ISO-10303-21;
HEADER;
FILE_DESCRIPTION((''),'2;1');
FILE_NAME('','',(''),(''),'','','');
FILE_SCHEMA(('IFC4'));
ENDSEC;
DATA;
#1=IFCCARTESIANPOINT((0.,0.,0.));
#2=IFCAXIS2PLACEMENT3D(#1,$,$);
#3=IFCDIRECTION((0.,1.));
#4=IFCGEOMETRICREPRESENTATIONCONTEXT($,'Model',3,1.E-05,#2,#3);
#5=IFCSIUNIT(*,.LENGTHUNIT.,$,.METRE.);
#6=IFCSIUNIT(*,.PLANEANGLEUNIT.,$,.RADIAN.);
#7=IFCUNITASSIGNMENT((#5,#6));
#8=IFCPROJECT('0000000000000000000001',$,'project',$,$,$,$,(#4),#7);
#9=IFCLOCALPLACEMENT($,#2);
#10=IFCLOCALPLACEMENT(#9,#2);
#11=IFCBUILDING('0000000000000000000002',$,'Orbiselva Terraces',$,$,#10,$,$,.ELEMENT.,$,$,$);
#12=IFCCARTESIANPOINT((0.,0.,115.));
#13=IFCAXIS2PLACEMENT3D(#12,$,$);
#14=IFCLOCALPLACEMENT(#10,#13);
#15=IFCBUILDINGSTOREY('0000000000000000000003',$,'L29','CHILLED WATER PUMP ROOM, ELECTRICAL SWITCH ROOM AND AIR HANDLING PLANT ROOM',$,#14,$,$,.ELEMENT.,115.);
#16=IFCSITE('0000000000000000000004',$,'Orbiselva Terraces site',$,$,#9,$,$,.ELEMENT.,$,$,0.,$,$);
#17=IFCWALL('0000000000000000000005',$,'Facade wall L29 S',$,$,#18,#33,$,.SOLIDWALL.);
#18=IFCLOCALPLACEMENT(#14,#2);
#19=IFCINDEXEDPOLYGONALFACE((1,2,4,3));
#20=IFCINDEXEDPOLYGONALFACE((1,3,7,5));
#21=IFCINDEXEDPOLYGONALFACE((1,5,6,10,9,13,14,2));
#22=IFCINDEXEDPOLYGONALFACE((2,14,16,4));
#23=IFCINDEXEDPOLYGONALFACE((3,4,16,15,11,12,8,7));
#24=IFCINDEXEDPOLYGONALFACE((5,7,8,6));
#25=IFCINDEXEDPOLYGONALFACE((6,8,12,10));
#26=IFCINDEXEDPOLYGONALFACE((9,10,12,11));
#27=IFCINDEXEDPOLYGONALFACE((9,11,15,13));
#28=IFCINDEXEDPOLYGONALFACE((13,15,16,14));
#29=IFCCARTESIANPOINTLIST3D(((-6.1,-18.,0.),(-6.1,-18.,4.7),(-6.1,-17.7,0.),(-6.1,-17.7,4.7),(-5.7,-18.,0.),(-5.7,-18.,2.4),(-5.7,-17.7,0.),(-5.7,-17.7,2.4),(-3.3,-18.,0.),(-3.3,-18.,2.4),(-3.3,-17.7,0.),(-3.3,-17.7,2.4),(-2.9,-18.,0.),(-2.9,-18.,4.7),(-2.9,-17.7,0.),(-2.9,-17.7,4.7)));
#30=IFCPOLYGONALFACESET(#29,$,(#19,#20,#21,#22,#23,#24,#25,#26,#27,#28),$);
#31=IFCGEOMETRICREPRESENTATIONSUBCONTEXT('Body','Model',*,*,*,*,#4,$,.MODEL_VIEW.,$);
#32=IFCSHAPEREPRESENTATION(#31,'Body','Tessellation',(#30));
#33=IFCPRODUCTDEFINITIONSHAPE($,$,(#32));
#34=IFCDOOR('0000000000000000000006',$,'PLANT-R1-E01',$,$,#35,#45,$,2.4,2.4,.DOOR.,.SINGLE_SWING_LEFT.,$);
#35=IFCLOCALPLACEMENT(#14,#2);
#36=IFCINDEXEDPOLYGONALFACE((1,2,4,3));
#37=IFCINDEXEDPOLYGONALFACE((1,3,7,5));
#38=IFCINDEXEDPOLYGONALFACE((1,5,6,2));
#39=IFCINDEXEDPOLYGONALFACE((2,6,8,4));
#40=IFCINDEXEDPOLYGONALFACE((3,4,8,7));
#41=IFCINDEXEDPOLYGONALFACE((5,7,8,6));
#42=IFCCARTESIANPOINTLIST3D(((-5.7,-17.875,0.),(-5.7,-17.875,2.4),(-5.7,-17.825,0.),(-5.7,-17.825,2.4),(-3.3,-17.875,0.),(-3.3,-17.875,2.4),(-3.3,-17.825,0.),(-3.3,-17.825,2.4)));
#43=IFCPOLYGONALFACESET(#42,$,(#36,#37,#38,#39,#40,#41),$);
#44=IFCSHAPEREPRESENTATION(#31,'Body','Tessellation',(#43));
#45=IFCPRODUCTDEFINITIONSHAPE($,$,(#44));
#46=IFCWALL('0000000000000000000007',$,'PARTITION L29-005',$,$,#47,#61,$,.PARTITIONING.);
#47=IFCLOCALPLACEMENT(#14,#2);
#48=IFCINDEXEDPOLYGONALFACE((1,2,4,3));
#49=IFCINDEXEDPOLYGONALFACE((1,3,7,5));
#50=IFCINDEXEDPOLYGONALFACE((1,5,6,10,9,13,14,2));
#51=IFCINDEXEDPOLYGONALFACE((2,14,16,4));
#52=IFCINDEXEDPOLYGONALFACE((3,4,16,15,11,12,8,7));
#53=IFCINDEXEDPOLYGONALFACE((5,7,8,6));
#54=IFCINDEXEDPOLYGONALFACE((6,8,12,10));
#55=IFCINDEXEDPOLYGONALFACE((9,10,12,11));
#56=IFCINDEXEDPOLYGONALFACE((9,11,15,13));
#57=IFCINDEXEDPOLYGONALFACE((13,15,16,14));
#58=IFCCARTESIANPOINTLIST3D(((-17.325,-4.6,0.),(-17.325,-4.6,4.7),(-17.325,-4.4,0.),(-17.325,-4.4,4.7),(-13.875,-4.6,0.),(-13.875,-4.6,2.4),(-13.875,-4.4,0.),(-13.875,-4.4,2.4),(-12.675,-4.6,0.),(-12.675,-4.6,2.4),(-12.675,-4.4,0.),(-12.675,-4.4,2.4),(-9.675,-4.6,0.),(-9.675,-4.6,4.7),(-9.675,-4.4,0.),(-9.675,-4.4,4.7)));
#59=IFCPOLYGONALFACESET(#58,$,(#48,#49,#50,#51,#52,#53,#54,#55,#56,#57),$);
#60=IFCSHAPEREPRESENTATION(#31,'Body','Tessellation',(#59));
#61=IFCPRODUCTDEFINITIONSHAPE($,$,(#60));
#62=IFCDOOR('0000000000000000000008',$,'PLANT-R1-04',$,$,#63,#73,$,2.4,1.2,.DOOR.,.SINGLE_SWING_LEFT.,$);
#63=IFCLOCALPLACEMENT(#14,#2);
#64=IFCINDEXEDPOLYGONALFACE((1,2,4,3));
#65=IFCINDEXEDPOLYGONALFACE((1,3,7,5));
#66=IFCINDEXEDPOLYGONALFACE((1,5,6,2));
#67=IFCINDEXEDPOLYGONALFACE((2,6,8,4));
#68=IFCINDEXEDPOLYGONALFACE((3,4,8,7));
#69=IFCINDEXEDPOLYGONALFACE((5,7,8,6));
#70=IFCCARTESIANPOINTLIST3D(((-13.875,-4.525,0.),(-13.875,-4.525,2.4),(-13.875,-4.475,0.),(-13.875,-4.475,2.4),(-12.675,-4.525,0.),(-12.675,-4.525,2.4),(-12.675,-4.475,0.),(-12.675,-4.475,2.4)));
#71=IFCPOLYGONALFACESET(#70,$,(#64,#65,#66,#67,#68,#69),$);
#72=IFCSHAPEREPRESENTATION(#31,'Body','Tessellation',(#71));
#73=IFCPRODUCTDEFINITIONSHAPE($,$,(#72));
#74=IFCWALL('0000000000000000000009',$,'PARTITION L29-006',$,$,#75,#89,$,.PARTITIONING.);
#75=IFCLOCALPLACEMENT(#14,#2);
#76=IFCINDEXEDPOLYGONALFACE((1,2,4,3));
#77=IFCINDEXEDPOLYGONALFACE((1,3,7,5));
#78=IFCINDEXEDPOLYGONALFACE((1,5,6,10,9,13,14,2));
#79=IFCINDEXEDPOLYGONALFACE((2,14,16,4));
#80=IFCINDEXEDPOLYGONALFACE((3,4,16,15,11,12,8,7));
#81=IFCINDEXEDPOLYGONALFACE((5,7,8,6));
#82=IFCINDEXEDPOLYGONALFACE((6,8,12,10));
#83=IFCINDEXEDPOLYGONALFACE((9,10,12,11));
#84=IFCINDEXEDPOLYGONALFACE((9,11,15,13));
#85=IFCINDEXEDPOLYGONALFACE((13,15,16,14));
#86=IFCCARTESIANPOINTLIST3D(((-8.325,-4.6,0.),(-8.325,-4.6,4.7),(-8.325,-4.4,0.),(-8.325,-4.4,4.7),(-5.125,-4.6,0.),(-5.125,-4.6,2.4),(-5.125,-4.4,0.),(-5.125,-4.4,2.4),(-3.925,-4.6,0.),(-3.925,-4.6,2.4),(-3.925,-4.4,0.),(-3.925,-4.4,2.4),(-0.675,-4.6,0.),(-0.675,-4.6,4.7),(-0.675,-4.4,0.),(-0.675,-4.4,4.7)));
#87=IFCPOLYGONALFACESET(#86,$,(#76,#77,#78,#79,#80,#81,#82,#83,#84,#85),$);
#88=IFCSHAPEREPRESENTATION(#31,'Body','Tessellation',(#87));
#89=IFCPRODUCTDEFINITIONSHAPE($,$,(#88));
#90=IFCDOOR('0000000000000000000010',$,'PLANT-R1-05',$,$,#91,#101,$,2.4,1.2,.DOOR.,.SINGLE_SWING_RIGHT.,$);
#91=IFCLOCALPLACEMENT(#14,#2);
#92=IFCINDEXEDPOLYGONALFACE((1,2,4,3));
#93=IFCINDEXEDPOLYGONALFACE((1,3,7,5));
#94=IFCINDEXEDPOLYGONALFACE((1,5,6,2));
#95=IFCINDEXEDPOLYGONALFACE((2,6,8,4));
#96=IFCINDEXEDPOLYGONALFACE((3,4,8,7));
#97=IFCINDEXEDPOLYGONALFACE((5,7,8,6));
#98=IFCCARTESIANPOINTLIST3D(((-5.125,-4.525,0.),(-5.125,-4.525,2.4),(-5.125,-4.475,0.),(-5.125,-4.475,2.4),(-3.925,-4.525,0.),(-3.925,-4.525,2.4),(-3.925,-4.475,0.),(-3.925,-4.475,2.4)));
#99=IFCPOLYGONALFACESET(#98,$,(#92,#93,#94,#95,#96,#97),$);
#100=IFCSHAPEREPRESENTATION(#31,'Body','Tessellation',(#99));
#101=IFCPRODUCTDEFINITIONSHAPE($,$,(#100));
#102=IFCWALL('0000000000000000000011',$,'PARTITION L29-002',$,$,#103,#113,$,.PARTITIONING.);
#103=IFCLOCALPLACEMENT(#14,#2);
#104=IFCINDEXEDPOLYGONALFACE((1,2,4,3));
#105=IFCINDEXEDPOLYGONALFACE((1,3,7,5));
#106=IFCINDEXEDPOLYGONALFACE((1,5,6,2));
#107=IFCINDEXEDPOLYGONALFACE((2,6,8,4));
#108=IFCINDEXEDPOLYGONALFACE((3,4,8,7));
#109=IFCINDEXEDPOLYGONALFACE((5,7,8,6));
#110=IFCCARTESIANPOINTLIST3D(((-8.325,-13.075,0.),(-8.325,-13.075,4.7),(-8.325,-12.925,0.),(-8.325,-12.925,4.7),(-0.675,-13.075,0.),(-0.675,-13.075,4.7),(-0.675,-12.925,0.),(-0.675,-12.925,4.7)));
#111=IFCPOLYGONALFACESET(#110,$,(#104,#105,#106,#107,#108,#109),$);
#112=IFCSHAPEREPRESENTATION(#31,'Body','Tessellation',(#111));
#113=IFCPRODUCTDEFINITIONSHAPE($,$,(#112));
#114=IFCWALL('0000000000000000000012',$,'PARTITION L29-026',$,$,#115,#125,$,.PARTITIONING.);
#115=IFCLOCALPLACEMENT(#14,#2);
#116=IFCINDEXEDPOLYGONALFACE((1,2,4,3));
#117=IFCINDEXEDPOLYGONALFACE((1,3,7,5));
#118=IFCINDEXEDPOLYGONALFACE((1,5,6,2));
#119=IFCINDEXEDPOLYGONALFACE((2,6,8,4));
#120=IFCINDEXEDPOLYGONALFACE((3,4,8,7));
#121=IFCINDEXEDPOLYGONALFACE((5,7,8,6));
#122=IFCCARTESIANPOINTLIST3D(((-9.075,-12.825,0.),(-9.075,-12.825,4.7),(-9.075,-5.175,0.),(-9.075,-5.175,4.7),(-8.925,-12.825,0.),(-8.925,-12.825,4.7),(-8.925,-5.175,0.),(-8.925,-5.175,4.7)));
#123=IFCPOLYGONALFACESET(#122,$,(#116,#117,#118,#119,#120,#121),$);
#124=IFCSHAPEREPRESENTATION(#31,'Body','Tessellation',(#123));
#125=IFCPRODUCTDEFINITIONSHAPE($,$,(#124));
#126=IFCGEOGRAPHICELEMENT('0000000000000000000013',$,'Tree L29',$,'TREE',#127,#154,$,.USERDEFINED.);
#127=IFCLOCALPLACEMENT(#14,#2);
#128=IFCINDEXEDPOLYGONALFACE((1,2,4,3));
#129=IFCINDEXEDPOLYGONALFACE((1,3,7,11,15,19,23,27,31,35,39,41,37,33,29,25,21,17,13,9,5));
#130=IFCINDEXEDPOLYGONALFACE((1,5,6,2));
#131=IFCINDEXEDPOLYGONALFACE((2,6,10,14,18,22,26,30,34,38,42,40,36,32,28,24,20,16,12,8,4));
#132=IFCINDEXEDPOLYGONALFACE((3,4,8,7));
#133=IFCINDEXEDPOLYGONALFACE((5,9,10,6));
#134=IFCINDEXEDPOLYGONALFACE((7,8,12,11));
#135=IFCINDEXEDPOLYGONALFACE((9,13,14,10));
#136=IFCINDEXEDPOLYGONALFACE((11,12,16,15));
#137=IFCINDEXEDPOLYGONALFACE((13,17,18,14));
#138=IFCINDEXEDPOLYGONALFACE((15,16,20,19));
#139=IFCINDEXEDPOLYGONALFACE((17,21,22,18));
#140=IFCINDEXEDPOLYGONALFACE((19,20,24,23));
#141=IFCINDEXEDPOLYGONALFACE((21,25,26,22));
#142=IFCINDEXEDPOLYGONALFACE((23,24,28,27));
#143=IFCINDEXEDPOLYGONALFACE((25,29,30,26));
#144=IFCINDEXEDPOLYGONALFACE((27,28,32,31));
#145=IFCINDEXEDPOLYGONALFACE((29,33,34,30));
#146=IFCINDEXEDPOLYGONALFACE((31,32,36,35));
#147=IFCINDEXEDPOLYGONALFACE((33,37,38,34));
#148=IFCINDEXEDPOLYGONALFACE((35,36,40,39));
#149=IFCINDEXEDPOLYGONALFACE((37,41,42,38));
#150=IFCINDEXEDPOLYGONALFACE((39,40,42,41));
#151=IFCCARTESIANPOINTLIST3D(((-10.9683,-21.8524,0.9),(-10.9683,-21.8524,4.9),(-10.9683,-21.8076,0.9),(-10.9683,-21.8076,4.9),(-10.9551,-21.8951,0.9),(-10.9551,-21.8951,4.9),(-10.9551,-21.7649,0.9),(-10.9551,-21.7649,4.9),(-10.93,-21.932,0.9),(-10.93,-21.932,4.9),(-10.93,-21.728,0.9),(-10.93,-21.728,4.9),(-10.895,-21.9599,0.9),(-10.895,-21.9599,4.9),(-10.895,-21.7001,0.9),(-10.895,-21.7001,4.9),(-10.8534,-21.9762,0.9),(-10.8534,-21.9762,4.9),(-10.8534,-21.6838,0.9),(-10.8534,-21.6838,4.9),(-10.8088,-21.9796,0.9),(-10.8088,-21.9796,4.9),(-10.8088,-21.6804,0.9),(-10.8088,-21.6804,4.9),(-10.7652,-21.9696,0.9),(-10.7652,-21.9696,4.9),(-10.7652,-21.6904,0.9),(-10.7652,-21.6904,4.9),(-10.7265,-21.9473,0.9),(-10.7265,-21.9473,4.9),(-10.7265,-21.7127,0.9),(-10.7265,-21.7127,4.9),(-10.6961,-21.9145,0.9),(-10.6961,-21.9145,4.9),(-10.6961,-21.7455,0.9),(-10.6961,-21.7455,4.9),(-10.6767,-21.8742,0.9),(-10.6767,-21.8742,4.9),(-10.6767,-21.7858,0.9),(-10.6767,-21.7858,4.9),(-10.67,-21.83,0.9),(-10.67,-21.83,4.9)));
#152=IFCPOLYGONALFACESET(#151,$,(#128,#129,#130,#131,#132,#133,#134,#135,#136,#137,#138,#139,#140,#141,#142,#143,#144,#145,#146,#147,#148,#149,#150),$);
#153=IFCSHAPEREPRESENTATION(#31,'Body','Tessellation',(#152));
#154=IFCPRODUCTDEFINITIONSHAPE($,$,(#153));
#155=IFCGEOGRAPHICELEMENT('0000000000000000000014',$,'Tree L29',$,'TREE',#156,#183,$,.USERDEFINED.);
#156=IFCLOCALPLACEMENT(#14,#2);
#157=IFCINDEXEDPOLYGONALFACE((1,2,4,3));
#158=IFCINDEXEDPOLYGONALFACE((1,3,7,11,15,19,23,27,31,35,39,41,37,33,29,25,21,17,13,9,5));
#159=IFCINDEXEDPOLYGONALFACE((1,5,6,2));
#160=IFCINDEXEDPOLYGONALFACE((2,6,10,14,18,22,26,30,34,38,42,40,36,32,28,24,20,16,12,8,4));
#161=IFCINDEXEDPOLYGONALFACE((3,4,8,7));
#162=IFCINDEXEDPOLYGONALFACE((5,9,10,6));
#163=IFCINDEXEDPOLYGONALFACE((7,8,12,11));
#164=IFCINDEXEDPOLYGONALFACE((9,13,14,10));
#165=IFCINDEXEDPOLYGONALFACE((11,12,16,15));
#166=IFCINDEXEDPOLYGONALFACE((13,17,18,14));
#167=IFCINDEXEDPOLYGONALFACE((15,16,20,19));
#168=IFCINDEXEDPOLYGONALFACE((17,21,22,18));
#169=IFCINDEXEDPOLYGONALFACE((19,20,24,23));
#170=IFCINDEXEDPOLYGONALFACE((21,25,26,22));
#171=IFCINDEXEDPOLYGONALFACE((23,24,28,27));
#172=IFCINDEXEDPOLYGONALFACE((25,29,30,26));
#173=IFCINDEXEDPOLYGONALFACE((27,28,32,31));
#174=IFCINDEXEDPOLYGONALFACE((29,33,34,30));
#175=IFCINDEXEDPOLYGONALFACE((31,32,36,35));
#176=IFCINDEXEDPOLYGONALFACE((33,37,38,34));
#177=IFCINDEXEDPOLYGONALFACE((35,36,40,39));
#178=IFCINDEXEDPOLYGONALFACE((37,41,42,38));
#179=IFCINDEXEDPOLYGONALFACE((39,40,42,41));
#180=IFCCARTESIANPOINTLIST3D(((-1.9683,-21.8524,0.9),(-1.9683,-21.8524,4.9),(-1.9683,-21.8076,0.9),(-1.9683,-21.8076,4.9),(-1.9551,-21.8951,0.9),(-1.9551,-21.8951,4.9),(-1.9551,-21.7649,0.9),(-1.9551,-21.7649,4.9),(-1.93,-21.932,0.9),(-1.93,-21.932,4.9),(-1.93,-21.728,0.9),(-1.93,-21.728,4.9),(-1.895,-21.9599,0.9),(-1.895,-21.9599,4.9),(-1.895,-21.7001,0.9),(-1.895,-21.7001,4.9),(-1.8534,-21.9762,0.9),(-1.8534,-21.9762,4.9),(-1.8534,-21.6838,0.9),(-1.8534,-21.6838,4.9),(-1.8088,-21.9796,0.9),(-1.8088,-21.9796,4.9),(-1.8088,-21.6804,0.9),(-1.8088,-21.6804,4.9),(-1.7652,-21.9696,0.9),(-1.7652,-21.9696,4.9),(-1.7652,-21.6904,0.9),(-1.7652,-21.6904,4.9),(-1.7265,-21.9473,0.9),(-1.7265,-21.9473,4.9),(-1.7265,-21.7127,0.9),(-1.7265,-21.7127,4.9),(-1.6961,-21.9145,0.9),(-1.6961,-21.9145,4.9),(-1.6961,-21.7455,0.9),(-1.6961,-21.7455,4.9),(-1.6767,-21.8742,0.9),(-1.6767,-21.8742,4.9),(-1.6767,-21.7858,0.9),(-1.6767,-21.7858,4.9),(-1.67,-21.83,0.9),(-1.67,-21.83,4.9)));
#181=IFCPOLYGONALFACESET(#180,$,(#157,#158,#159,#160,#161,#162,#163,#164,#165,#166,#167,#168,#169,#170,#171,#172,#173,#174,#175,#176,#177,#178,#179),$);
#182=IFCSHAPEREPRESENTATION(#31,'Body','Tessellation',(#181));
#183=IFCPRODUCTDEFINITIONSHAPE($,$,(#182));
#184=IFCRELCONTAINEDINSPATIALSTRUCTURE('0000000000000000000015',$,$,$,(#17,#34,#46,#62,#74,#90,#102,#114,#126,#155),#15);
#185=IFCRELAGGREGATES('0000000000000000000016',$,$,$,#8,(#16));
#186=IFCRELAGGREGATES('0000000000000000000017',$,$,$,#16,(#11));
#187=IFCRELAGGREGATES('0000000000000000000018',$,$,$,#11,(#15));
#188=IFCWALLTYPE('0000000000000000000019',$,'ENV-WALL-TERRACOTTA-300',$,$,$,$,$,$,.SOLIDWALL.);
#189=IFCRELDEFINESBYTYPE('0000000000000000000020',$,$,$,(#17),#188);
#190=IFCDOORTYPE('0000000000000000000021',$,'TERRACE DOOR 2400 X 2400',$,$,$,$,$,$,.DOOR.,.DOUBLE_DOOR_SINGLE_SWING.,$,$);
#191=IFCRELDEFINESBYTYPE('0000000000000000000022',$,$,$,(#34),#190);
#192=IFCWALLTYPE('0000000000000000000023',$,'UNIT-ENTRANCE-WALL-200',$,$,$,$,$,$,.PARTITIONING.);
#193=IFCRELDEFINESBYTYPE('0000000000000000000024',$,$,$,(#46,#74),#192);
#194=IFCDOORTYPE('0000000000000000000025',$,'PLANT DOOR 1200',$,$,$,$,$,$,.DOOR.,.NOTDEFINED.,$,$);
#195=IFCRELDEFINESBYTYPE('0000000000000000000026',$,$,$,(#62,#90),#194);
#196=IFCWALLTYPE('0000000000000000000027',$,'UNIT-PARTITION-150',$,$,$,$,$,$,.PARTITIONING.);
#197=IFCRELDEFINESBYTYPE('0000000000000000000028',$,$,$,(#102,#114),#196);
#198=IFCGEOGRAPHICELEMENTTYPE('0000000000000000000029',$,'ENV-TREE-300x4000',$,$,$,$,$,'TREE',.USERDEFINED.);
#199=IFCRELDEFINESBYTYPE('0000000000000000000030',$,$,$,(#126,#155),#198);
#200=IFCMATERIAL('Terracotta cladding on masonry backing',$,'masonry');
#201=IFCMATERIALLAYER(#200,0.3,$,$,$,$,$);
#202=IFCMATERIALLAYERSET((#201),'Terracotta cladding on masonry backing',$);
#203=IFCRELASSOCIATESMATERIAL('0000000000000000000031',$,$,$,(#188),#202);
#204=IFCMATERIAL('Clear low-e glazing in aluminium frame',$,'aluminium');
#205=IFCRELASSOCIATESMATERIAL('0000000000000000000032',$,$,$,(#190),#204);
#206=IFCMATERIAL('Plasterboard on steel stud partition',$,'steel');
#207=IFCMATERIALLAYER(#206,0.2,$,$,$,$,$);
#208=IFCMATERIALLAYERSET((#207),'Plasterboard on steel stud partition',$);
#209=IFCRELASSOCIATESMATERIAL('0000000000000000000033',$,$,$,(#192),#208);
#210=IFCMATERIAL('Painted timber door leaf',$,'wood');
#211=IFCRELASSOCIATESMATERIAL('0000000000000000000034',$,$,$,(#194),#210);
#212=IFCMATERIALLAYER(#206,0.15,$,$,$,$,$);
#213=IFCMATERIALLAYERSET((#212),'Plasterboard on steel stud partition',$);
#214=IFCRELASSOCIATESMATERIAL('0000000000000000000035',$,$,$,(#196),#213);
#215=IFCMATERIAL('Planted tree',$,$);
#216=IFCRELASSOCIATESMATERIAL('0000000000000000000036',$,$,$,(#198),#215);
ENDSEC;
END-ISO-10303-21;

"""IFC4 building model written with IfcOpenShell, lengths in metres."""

from ifc_helpers import new_model, si_unit, direction, frame, frame_2d, origin, origin_2d, place, context, subcontext, project, spatial, rectangle, circle, extrude, material, layer, layer_set, type_object, element, fill, save


model = new_model("IFC4")

# Units and contexts
model_context = context("Model", 3, precision=1e-05, world=origin(), true_north=direction((0.0, 1.0)))
body_context = subcontext(model_context, "Body", "Model", "MODEL_VIEW")
ifc_project = project(units=[si_unit("LENGTHUNIT", "METRE"), si_unit("PLANEANGLEUNIT", "RADIAN")], contexts=[model_context])

# Site, building, storey
site_placement = place(None, origin())
site = spatial("IfcSite", under=ifc_project, at=site_placement, Name="Orbiselva Terraces site", CompositionType="ELEMENT", RefElevation=0.0)
building_placement = place(site_placement, origin())
building = spatial("IfcBuilding", under=site, at=building_placement, Name="Orbiselva Terraces", CompositionType="ELEMENT")
storey_placement = place(building_placement, frame((0.0, 0.0, 115.0)))
storey = spatial("IfcBuildingStorey", under=building, at=storey_placement, Name="L29", Description="CHILLED WATER PUMP ROOM, ELECTRICAL SWITCH ROOM AND AIR HANDLING PLANT ROOM", CompositionType="ELEMENT", Elevation=115.0)

# Walls, openings, doors
ifc_material_1 = material(Name="Terracotta cladding on masonry backing", Category="masonry")
ifc_layer_1 = layer(ifc_material_1, 0.3)
ifc_layer_set_1 = layer_set([ifc_layer_1], Name="Terracotta cladding on masonry backing")
wall_type_1 = type_object("IfcWallType", Name="ENV-WALL-TERRACOTTA-300", PredefinedType="SOLIDWALL", material=ifc_layer_set_1)
wall_1_placement = place(storey_placement, frame((-2.9, -17.85, 0.0), z_axis=(0.0, 0.0, 1.0), x_axis=(-1.0, 0.0, 0.0)))
wall_1 = element("IfcWall", 1, at=wall_1_placement, inside=storey, type_object=wall_type_1, Name="Facade wall L29 S", PredefinedType="SOLIDWALL", context=body_context, shape_type="SweptSolid", body=[
    extrude(rectangle(XDim=3.2, YDim=0.3, at=frame_2d((1.6, 0.0))), origin(), (0.0, 0.0, 1.0), 4.7),
])
opening_1_placement = place(wall_1_placement, frame((0.4, 0.0, 0.0)))
opening_1 = element("IfcOpeningElement", 2, at=opening_1_placement, cuts=wall_1, PredefinedType="OPENING", context=body_context, shape_type="SweptSolid", body=[
    extrude(rectangle(XDim=2.4, YDim=2.4, at=frame_2d((1.2, 1.2))), frame((0.0, 0.16, 0.0), z_axis=(0.0, -1.0, 0.0), x_axis=(1.0, 0.0, 0.0)), (0.0, 0.0, 1.0), 0.32),
])
ifc_material_2 = material(Name="Clear low-e glazing in aluminium frame", Category="aluminium")
door_type_1 = type_object("IfcDoorType", Name="TERRACE DOOR 2400 X 2400", OperationType="DOUBLE_DOOR_SINGLE_SWING", PredefinedType="DOOR", material=ifc_material_2)
door_1_placement = place(opening_1_placement, origin())
door_1 = element("IfcDoor", 3, at=door_1_placement, inside=storey, type_object=door_type_1, Name="PLANT-R1-E01", OperationType="SINGLE_SWING_LEFT", OverallHeight=2.4, OverallWidth=2.4, PredefinedType="DOOR", context=body_context, shape_type="SweptSolid", body=[
    extrude(rectangle(XDim=2.4, YDim=2.4, at=frame_2d((1.2, 1.2))), frame((0.0, 0.025, 0.0), z_axis=(0.0, -1.0, 0.0), x_axis=(1.0, 0.0, 0.0)), (0.0, 0.0, 1.0), 0.05),
])
fill(opening_1, door_1)
ifc_material_3 = material(Name="Plasterboard on steel stud partition", Category="steel")
ifc_layer_2 = layer(ifc_material_3, 0.2)
ifc_layer_set_2 = layer_set([ifc_layer_2], Name="Plasterboard on steel stud partition")
wall_type_2 = type_object("IfcWallType", Name="UNIT-ENTRANCE-WALL-200", PredefinedType="PARTITIONING", material=ifc_layer_set_2)
wall_2_placement = place(storey_placement, frame((-9.675, -4.5, 0.0), z_axis=(0.0, 0.0, 1.0), x_axis=(-1.0, 0.0, 0.0)))
wall_2 = element("IfcWall", 4, at=wall_2_placement, inside=storey, type_object=wall_type_2, Name="PARTITION L29-005", PredefinedType="PARTITIONING", context=body_context, shape_type="SweptSolid", body=[
    extrude(rectangle(XDim=7.65, YDim=0.2, at=frame_2d((3.825, 0.0))), origin(), (0.0, 0.0, 1.0), 4.7),
])
opening_2_placement = place(wall_2_placement, frame((3.0, 0.0, 0.0)))
opening_2 = element("IfcOpeningElement", 5, at=opening_2_placement, cuts=wall_2, PredefinedType="OPENING", context=body_context, shape_type="SweptSolid", body=[
    extrude(rectangle(XDim=1.2, YDim=2.4, at=frame_2d((0.6, 1.2))), frame((0.0, 0.11, 0.0), z_axis=(0.0, -1.0, 0.0), x_axis=(1.0, 0.0, 0.0)), (0.0, 0.0, 1.0), 0.22),
])
ifc_material_4 = material(Name="Painted timber door leaf", Category="wood")
door_type_2 = type_object("IfcDoorType", Name="PLANT DOOR 1200", OperationType="NOTDEFINED", PredefinedType="DOOR", material=ifc_material_4)
door_2_placement = place(opening_2_placement, origin())
door_2 = element("IfcDoor", 6, at=door_2_placement, inside=storey, type_object=door_type_2, Name="PLANT-R1-04", OperationType="SINGLE_SWING_LEFT", OverallHeight=2.4, OverallWidth=1.2, PredefinedType="DOOR", context=body_context, shape_type="SweptSolid", body=[
    extrude(rectangle(XDim=1.2, YDim=2.4, at=frame_2d((0.6, 1.2))), frame((0.0, 0.025, 0.0), z_axis=(0.0, -1.0, 0.0), x_axis=(1.0, 0.0, 0.0)), (0.0, 0.0, 1.0), 0.05),
])
fill(opening_2, door_2)
wall_3_placement = place(storey_placement, frame((-0.675, -4.5, 0.0), z_axis=(0.0, 0.0, 1.0), x_axis=(-1.0, 0.0, 0.0)))
wall_3 = element("IfcWall", 7, at=wall_3_placement, inside=storey, type_object=wall_type_2, Name="PARTITION L29-006", PredefinedType="PARTITIONING", context=body_context, shape_type="SweptSolid", body=[
    extrude(rectangle(XDim=7.65, YDim=0.2, at=frame_2d((3.825, 0.0))), origin(), (0.0, 0.0, 1.0), 4.7),
])
opening_3_placement = place(wall_3_placement, frame((3.25, 0.0, 0.0)))
opening_3 = element("IfcOpeningElement", 8, at=opening_3_placement, cuts=wall_3, PredefinedType="OPENING", context=body_context, shape_type="SweptSolid", body=[
    extrude(rectangle(XDim=1.2, YDim=2.4, at=frame_2d((0.6, 1.2))), frame((0.0, 0.11, 0.0), z_axis=(0.0, -1.0, 0.0), x_axis=(1.0, 0.0, 0.0)), (0.0, 0.0, 1.0), 0.22),
])
door_3_placement = place(opening_3_placement, origin())
door_3 = element("IfcDoor", 9, at=door_3_placement, inside=storey, type_object=door_type_2, Name="PLANT-R1-05", OperationType="SINGLE_SWING_RIGHT", OverallHeight=2.4, OverallWidth=1.2, PredefinedType="DOOR", context=body_context, shape_type="SweptSolid", body=[
    extrude(rectangle(XDim=1.2, YDim=2.4, at=frame_2d((0.6, 1.2))), frame((0.0, 0.025, 0.0), z_axis=(0.0, -1.0, 0.0), x_axis=(1.0, 0.0, 0.0)), (0.0, 0.0, 1.0), 0.05),
])
fill(opening_3, door_3)

# Walls
ifc_layer_3 = layer(ifc_material_3, 0.15)
ifc_layer_set_3 = layer_set([ifc_layer_3], Name="Plasterboard on steel stud partition")
wall_type_3 = type_object("IfcWallType", Name="UNIT-PARTITION-150", PredefinedType="PARTITIONING", material=ifc_layer_set_3)
for number, where, z_axis, x_axis, name in (
    (10, (-8.325, -13.0, 0.0), (0.0, 0.0, 1.0), (1.0, 0.0, 0.0), "PARTITION L29-002"),
    (11, (-9.0, -12.825, 0.0), (0.0, 0.0, 1.0), (0.0, 1.0, 0.0), "PARTITION L29-026"),
):
    element("IfcWall", number, at=place(storey_placement, frame(where, z_axis=z_axis, x_axis=x_axis)), inside=storey, type_object=wall_type_3, Name=name, PredefinedType="PARTITIONING", context=body_context, shape_type="SweptSolid", body=[
        extrude(rectangle(XDim=7.65, YDim=0.15, at=frame_2d((3.825, 0.0))), origin(), (0.0, 0.0, 1.0), 4.7),
    ])

# Geographic elements
ifc_material_5 = material(Name="Planted tree")
geographic_element_type = type_object("IfcGeographicElementType", Name="ENV-TREE-300x4000", ElementType="TREE", PredefinedType="USERDEFINED", material=ifc_material_5)
for number, where, z_axis, x_axis, name in (
    (12, (-10.82, -21.83, 4.9), (0.0, 0.0, -1.0), (1.0, 0.0, 0.0), "Tree L29"),
    (13, (-1.82, -21.83, 4.9), (0.0, 0.0, -1.0), (1.0, 0.0, 0.0), "Tree L29"),
):
    element("IfcGeographicElement", number, at=place(storey_placement, frame(where, z_axis=z_axis, x_axis=x_axis)), inside=storey, type_object=geographic_element_type, Name=name, ObjectType="TREE", PredefinedType="USERDEFINED", context=body_context, shape_type="SweptSolid", body=[
        extrude(circle(Radius=0.15, at=origin_2d()), origin(), (0.0, 0.0, 1.0), 4.0),
    ])

save(model, "model.ifc")
